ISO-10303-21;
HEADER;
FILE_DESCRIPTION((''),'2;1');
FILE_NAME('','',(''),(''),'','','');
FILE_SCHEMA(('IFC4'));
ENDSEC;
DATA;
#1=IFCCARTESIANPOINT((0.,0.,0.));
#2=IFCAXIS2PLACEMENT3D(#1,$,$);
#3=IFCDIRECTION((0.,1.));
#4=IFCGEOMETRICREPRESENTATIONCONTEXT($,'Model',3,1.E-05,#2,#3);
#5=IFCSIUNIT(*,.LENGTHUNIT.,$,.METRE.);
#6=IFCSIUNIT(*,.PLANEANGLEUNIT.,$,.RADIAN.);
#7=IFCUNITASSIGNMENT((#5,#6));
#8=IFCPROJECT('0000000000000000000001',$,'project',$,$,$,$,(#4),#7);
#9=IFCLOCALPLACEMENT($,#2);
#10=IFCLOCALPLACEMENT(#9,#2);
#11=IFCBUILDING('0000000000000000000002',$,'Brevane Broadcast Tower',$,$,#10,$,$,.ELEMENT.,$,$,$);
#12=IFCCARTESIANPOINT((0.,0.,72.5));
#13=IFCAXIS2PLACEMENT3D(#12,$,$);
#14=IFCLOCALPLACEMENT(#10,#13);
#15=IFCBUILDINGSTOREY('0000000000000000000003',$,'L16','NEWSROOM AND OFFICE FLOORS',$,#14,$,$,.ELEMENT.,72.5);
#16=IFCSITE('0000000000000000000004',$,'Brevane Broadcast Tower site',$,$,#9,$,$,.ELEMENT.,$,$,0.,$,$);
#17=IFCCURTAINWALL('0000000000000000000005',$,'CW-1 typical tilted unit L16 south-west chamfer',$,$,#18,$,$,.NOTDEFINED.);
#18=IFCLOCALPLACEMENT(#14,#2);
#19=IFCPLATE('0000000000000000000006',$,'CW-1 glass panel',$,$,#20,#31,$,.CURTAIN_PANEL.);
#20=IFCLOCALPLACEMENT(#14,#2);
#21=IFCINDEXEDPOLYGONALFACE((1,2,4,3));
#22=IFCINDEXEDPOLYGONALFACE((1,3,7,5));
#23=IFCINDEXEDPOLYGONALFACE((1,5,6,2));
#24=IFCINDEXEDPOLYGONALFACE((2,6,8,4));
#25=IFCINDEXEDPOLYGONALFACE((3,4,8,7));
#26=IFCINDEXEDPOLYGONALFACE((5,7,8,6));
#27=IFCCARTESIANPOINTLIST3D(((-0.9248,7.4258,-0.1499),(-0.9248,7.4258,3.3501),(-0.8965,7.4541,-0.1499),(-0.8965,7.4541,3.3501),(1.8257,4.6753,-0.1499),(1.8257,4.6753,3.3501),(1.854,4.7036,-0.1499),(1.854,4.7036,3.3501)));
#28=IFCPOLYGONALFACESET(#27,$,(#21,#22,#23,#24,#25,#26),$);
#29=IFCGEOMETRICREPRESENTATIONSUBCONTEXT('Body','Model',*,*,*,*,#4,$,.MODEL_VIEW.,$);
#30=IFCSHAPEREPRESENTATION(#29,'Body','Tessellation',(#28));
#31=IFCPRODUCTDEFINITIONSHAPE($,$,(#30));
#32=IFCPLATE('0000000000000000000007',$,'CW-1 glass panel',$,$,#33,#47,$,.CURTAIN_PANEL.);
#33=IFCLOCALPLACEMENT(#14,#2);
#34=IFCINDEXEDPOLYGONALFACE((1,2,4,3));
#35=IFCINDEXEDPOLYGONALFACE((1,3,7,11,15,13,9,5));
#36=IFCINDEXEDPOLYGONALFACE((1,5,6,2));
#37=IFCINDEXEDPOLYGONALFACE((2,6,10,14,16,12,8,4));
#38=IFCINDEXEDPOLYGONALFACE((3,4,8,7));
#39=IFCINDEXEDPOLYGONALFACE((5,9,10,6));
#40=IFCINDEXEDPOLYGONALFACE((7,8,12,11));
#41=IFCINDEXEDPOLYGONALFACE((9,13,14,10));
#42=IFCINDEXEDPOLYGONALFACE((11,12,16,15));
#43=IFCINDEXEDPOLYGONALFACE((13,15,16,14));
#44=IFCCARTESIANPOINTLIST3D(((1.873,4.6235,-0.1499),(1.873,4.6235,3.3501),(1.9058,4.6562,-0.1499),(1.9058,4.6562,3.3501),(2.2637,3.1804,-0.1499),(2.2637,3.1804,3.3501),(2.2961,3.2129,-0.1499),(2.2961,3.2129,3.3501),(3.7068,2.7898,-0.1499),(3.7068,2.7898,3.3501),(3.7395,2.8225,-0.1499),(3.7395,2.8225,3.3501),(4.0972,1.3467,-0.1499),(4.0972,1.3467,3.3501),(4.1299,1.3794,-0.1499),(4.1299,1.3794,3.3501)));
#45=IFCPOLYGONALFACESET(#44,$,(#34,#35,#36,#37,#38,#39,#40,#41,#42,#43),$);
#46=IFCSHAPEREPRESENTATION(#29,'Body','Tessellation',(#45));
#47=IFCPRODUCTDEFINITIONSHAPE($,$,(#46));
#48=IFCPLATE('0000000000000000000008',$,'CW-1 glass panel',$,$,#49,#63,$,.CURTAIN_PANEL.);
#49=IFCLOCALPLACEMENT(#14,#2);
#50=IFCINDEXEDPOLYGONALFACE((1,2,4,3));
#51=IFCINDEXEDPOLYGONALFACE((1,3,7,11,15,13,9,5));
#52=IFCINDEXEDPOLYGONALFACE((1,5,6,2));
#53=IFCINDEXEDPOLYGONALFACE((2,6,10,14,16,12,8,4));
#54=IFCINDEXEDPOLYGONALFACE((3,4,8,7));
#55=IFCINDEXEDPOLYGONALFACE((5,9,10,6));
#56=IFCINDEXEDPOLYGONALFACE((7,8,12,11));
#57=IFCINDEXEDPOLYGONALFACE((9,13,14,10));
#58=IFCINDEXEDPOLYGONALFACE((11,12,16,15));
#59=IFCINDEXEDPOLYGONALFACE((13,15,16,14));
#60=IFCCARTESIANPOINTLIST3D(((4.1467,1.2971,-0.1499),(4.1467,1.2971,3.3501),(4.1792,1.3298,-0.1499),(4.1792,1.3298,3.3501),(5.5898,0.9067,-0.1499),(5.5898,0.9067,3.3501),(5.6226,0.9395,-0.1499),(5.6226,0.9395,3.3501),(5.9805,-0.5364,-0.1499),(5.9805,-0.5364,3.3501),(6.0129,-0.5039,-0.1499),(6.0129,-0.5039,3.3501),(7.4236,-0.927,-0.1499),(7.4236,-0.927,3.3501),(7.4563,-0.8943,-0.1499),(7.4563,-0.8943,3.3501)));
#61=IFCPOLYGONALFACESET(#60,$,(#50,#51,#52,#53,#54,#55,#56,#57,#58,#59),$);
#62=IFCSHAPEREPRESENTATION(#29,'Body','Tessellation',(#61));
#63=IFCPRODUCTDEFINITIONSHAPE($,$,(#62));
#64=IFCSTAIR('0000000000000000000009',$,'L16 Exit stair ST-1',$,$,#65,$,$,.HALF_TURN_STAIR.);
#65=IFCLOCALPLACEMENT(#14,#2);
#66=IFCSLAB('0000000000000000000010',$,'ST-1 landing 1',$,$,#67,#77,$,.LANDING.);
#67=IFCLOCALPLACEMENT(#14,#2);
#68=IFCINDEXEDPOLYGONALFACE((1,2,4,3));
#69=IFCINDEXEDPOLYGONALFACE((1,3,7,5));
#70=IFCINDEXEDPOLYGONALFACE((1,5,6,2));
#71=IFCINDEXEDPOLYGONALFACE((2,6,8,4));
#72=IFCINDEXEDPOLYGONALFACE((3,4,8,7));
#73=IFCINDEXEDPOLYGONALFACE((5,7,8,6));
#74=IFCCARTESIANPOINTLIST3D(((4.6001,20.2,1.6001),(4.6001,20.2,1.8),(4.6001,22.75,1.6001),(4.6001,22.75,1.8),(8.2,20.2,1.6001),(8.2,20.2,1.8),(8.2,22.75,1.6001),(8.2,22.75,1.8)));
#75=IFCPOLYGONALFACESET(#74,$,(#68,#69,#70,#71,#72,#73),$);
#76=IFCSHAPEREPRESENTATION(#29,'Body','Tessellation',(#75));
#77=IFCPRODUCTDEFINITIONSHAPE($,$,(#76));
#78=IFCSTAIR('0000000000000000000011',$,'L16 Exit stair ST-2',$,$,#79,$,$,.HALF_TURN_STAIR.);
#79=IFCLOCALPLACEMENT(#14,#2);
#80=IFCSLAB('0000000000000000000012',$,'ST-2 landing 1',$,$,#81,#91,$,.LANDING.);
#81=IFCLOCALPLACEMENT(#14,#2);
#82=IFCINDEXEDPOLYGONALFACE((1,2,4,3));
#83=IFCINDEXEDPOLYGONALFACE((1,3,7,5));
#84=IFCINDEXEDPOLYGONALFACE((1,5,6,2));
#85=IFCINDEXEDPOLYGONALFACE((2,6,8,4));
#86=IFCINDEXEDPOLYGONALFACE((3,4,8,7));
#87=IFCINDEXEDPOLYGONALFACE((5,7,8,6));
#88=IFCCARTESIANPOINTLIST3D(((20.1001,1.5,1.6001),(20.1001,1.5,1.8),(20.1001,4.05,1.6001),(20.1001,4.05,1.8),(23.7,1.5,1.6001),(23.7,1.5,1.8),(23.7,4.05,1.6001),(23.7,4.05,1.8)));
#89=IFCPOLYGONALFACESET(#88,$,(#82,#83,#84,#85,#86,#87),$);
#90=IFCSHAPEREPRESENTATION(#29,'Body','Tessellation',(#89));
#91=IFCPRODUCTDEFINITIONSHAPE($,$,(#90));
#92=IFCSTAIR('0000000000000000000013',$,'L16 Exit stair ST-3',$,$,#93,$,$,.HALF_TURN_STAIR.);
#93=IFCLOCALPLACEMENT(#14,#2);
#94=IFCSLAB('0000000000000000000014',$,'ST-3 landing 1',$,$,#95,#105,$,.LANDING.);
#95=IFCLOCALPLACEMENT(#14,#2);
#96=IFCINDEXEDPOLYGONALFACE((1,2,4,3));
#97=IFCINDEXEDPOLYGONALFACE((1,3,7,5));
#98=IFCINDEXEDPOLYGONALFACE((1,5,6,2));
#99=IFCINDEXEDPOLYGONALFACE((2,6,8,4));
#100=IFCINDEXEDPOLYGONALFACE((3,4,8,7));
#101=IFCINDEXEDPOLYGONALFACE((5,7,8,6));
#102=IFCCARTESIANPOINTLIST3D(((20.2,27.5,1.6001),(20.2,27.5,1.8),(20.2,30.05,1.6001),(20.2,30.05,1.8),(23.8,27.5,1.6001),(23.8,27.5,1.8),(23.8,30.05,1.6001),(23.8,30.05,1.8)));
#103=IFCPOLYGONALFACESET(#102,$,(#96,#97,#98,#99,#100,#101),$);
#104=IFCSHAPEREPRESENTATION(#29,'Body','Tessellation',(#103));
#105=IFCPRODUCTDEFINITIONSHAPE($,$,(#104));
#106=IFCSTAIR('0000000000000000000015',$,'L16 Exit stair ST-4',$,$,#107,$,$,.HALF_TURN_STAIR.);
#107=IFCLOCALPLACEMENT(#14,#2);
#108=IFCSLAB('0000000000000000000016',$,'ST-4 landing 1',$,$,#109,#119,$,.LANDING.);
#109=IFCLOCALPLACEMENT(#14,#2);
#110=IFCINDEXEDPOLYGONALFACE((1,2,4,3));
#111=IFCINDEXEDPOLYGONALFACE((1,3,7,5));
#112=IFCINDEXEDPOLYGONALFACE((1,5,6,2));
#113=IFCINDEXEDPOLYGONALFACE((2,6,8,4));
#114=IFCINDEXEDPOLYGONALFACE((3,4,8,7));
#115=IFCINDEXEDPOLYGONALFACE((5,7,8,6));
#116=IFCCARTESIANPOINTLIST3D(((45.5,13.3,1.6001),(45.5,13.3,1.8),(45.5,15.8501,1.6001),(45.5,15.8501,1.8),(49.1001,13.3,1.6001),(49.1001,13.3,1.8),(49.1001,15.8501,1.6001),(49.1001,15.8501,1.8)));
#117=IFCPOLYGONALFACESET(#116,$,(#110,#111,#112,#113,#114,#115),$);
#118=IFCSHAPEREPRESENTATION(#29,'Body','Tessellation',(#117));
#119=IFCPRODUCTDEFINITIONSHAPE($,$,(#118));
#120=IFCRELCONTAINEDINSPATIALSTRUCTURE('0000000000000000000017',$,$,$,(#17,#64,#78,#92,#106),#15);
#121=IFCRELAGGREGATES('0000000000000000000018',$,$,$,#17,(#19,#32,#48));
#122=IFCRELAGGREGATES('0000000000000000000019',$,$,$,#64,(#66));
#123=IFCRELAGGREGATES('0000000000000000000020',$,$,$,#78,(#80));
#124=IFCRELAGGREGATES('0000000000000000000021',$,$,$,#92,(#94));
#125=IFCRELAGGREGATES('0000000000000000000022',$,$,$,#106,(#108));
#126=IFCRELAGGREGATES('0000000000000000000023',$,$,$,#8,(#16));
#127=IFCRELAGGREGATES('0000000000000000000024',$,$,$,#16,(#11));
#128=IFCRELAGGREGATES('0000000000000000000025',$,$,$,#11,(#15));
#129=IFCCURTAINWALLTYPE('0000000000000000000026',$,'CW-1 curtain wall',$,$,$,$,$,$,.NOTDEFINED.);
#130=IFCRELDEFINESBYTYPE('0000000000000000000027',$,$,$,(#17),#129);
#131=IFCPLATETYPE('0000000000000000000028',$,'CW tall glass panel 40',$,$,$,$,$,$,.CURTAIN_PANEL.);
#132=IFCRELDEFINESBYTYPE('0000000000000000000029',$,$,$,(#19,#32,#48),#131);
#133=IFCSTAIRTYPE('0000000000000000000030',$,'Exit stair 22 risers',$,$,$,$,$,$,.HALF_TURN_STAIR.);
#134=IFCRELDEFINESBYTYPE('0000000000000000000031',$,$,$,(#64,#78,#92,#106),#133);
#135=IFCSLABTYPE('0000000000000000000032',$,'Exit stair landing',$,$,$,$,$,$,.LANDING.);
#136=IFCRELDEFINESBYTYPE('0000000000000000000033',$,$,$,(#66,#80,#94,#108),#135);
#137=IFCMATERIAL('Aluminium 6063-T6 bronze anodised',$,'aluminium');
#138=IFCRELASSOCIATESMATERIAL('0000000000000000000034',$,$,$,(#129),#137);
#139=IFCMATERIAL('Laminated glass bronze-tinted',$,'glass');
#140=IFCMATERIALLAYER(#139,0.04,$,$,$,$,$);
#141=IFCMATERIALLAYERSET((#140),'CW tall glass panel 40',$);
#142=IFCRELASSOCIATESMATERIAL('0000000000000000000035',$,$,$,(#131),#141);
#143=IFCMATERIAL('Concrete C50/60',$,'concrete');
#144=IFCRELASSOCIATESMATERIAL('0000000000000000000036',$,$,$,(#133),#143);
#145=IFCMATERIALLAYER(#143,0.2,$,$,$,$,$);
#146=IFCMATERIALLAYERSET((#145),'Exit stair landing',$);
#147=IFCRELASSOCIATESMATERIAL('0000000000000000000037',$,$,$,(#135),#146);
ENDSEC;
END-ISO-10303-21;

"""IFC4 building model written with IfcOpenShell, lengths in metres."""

from ifc_helpers import new_model, si_unit, direction, frame, origin, place, context, subcontext, project, spatial, polyline, outline, extrude, material, layer, layer_set, type_object, element, aggregate, save


model = new_model("IFC4")

# Units and contexts
model_context = context("Model", 3, precision=1e-05, world=origin(), true_north=direction((0.0, 1.0)))
body_context = subcontext(model_context, "Body", "Model", "MODEL_VIEW")
ifc_project = project(units=[si_unit("LENGTHUNIT", "METRE"), si_unit("PLANEANGLEUNIT", "RADIAN")], contexts=[model_context])

# Site, building, storey
site_placement = place(None, origin())
site = spatial("IfcSite", under=ifc_project, at=site_placement, Name="Brevane Broadcast Tower site", CompositionType="ELEMENT", RefElevation=0.0)
building_placement = place(site_placement, origin())
building = spatial("IfcBuilding", under=site, at=building_placement, Name="Brevane Broadcast Tower", CompositionType="ELEMENT")
storey_placement = place(building_placement, frame((0.0, 0.0, 72.5)))
storey = spatial("IfcBuildingStorey", under=building, at=storey_placement, Name="L16", Description="NEWSROOM AND OFFICE FLOORS", CompositionType="ELEMENT", Elevation=72.5)

# Curtain wall
ifc_material_1 = material(Name="Aluminium 6063-T6 bronze anodised", Category="aluminium")
curtain_wall_type = type_object("IfcCurtainWallType", Name="CW-1 curtain wall", PredefinedType="NOTDEFINED", material=ifc_material_1)
curtain_wall_1_placement = place(storey_placement, origin())
curtain_wall_1 = element("IfcCurtainWall", 1, at=curtain_wall_1_placement, inside=storey, type_object=curtain_wall_type, Name="CW-1 typical tilted unit L16 south-west chamfer", PredefinedType="NOTDEFINED")

# Shared definitions
ifc_material_2 = material(Name="Laminated glass bronze-tinted", Category="glass")
ifc_layer_1 = layer(ifc_material_2, 0.04)
ifc_layer_set_1 = layer_set([ifc_layer_1], Name="CW tall glass panel 40")
plate_type = type_object("IfcPlateType", Name="CW tall glass panel 40", PredefinedType="CURTAIN_PANEL", material=ifc_layer_set_1)

# Plates
plate_1_placement = place(storey_placement, frame((0.0, 0.0, -0.1499)))
plate_1 = element("IfcPlate", 2, at=plate_1_placement, type_object=plate_type, Name="CW-1 glass panel", PredefinedType="CURTAIN_PANEL", context=body_context, shape_type="SweptSolid", body=[
    extrude(outline(polyline([(-0.8965, 7.4541), (1.854, 4.7036), (1.8257, 4.6753), (-0.9248, 7.4258), (-0.8965, 7.4541)])), origin(), (0.0, 0.0, 1.0), 3.5),
])
plate_2_placement = place(storey_placement, frame((0.0, 0.0, -0.1499)))
plate_2 = element("IfcPlate", 3, at=plate_2_placement, type_object=plate_type, Name="CW-1 glass panel", PredefinedType="CURTAIN_PANEL", context=body_context, shape_type="SweptSolid", body=[
    extrude(outline(polyline([(1.9058, 4.6562), (1.873, 4.6235), (2.2637, 3.1804), (3.7068, 2.7898), (4.0972, 1.3467), (4.1299, 1.3794), (3.7395, 2.8225), (2.2961, 3.2129), (1.9058, 4.6562)])), origin(), (0.0, 0.0, 1.0), 3.5),
])
plate_3_placement = place(storey_placement, frame((0.0, 0.0, -0.1499)))
plate_3 = element("IfcPlate", 4, at=plate_3_placement, type_object=plate_type, Name="CW-1 glass panel", PredefinedType="CURTAIN_PANEL", context=body_context, shape_type="SweptSolid", body=[
    extrude(outline(polyline([(4.1792, 1.3298), (4.1467, 1.2971), (5.5898, 0.9067), (5.9805, -0.5364), (7.4236, -0.927), (7.4563, -0.8943), (6.0129, -0.5039), (5.6226, 0.9395), (4.1792, 1.3298)])), origin(), (0.0, 0.0, 1.0), 3.5),
])
aggregate(curtain_wall_1, [plate_1, plate_2, plate_3])

# Stairs, slabs
ifc_material_3 = material(Name="Concrete C50/60", Category="concrete")
stair_type = type_object("IfcStairType", Name="Exit stair 22 risers", PredefinedType="HALF_TURN_STAIR", material=ifc_material_3)
stair_1_placement = place(storey_placement, origin())
stair_1 = element("IfcStair", 5, at=stair_1_placement, inside=storey, type_object=stair_type, Name="L16 Exit stair ST-1", PredefinedType="HALF_TURN_STAIR")
ifc_layer_2 = layer(ifc_material_3, 0.2)
ifc_layer_set_2 = layer_set([ifc_layer_2], Name="Exit stair landing")
slab_type_1 = type_object("IfcSlabType", Name="Exit stair landing", PredefinedType="LANDING", material=ifc_layer_set_2)
slab_1_placement = place(storey_placement, frame((0.0, 0.0, 1.6001)))
slab_1 = element("IfcSlab", 6, at=slab_1_placement, type_object=slab_type_1, Name="ST-1 landing 1", PredefinedType="LANDING", context=body_context, shape_type="SweptSolid", body=[
    extrude(outline(polyline([(4.6001, 20.2), (8.2, 20.2), (8.2, 22.75), (4.6001, 22.75), (4.6001, 20.2)])), origin(), (0.0, 0.0, 1.0), 0.2),
])
aggregate(stair_1, [slab_1])
stair_2_placement = place(storey_placement, origin())
stair_2 = element("IfcStair", 7, at=stair_2_placement, inside=storey, type_object=stair_type, Name="L16 Exit stair ST-2", PredefinedType="HALF_TURN_STAIR")
slab_2_placement = place(storey_placement, frame((0.0, 0.0, 1.6001)))
slab_2 = element("IfcSlab", 8, at=slab_2_placement, type_object=slab_type_1, Name="ST-2 landing 1", PredefinedType="LANDING", context=body_context, shape_type="SweptSolid", body=[
    extrude(outline(polyline([(20.1001, 1.5), (23.7, 1.5), (23.7, 4.05), (20.1001, 4.05), (20.1001, 1.5)])), origin(), (0.0, 0.0, 1.0), 0.2),
])
aggregate(stair_2, [slab_2])
stair_3_placement = place(storey_placement, origin())
stair_3 = element("IfcStair", 9, at=stair_3_placement, inside=storey, type_object=stair_type, Name="L16 Exit stair ST-3", PredefinedType="HALF_TURN_STAIR")
slab_3_placement = place(storey_placement, frame((0.0, 0.0, 1.6001)))
slab_3 = element("IfcSlab", 10, at=slab_3_placement, type_object=slab_type_1, Name="ST-3 landing 1", PredefinedType="LANDING", context=body_context, shape_type="SweptSolid", body=[
    extrude(outline(polyline([(20.2, 27.5), (23.8, 27.5), (23.8, 30.05), (20.2, 30.05), (20.2, 27.5)])), origin(), (0.0, 0.0, 1.0), 0.2),
])
aggregate(stair_3, [slab_3])
stair_4_placement = place(storey_placement, origin())
stair_4 = element("IfcStair", 11, at=stair_4_placement, inside=storey, type_object=stair_type, Name="L16 Exit stair ST-4", PredefinedType="HALF_TURN_STAIR")
slab_4_placement = place(storey_placement, frame((0.0, 0.0, 1.6001)))
slab_4 = element("IfcSlab", 12, at=slab_4_placement, type_object=slab_type_1, Name="ST-4 landing 1", PredefinedType="LANDING", context=body_context, shape_type="SweptSolid", body=[
    extrude(outline(polyline([(45.5, 13.3), (49.1001, 13.3), (49.1001, 15.8501), (45.5, 15.8501), (45.5, 13.3)])), origin(), (0.0, 0.0, 1.0), 0.2),
])
aggregate(stair_4, [slab_4])

save(model, "model.ifc")
